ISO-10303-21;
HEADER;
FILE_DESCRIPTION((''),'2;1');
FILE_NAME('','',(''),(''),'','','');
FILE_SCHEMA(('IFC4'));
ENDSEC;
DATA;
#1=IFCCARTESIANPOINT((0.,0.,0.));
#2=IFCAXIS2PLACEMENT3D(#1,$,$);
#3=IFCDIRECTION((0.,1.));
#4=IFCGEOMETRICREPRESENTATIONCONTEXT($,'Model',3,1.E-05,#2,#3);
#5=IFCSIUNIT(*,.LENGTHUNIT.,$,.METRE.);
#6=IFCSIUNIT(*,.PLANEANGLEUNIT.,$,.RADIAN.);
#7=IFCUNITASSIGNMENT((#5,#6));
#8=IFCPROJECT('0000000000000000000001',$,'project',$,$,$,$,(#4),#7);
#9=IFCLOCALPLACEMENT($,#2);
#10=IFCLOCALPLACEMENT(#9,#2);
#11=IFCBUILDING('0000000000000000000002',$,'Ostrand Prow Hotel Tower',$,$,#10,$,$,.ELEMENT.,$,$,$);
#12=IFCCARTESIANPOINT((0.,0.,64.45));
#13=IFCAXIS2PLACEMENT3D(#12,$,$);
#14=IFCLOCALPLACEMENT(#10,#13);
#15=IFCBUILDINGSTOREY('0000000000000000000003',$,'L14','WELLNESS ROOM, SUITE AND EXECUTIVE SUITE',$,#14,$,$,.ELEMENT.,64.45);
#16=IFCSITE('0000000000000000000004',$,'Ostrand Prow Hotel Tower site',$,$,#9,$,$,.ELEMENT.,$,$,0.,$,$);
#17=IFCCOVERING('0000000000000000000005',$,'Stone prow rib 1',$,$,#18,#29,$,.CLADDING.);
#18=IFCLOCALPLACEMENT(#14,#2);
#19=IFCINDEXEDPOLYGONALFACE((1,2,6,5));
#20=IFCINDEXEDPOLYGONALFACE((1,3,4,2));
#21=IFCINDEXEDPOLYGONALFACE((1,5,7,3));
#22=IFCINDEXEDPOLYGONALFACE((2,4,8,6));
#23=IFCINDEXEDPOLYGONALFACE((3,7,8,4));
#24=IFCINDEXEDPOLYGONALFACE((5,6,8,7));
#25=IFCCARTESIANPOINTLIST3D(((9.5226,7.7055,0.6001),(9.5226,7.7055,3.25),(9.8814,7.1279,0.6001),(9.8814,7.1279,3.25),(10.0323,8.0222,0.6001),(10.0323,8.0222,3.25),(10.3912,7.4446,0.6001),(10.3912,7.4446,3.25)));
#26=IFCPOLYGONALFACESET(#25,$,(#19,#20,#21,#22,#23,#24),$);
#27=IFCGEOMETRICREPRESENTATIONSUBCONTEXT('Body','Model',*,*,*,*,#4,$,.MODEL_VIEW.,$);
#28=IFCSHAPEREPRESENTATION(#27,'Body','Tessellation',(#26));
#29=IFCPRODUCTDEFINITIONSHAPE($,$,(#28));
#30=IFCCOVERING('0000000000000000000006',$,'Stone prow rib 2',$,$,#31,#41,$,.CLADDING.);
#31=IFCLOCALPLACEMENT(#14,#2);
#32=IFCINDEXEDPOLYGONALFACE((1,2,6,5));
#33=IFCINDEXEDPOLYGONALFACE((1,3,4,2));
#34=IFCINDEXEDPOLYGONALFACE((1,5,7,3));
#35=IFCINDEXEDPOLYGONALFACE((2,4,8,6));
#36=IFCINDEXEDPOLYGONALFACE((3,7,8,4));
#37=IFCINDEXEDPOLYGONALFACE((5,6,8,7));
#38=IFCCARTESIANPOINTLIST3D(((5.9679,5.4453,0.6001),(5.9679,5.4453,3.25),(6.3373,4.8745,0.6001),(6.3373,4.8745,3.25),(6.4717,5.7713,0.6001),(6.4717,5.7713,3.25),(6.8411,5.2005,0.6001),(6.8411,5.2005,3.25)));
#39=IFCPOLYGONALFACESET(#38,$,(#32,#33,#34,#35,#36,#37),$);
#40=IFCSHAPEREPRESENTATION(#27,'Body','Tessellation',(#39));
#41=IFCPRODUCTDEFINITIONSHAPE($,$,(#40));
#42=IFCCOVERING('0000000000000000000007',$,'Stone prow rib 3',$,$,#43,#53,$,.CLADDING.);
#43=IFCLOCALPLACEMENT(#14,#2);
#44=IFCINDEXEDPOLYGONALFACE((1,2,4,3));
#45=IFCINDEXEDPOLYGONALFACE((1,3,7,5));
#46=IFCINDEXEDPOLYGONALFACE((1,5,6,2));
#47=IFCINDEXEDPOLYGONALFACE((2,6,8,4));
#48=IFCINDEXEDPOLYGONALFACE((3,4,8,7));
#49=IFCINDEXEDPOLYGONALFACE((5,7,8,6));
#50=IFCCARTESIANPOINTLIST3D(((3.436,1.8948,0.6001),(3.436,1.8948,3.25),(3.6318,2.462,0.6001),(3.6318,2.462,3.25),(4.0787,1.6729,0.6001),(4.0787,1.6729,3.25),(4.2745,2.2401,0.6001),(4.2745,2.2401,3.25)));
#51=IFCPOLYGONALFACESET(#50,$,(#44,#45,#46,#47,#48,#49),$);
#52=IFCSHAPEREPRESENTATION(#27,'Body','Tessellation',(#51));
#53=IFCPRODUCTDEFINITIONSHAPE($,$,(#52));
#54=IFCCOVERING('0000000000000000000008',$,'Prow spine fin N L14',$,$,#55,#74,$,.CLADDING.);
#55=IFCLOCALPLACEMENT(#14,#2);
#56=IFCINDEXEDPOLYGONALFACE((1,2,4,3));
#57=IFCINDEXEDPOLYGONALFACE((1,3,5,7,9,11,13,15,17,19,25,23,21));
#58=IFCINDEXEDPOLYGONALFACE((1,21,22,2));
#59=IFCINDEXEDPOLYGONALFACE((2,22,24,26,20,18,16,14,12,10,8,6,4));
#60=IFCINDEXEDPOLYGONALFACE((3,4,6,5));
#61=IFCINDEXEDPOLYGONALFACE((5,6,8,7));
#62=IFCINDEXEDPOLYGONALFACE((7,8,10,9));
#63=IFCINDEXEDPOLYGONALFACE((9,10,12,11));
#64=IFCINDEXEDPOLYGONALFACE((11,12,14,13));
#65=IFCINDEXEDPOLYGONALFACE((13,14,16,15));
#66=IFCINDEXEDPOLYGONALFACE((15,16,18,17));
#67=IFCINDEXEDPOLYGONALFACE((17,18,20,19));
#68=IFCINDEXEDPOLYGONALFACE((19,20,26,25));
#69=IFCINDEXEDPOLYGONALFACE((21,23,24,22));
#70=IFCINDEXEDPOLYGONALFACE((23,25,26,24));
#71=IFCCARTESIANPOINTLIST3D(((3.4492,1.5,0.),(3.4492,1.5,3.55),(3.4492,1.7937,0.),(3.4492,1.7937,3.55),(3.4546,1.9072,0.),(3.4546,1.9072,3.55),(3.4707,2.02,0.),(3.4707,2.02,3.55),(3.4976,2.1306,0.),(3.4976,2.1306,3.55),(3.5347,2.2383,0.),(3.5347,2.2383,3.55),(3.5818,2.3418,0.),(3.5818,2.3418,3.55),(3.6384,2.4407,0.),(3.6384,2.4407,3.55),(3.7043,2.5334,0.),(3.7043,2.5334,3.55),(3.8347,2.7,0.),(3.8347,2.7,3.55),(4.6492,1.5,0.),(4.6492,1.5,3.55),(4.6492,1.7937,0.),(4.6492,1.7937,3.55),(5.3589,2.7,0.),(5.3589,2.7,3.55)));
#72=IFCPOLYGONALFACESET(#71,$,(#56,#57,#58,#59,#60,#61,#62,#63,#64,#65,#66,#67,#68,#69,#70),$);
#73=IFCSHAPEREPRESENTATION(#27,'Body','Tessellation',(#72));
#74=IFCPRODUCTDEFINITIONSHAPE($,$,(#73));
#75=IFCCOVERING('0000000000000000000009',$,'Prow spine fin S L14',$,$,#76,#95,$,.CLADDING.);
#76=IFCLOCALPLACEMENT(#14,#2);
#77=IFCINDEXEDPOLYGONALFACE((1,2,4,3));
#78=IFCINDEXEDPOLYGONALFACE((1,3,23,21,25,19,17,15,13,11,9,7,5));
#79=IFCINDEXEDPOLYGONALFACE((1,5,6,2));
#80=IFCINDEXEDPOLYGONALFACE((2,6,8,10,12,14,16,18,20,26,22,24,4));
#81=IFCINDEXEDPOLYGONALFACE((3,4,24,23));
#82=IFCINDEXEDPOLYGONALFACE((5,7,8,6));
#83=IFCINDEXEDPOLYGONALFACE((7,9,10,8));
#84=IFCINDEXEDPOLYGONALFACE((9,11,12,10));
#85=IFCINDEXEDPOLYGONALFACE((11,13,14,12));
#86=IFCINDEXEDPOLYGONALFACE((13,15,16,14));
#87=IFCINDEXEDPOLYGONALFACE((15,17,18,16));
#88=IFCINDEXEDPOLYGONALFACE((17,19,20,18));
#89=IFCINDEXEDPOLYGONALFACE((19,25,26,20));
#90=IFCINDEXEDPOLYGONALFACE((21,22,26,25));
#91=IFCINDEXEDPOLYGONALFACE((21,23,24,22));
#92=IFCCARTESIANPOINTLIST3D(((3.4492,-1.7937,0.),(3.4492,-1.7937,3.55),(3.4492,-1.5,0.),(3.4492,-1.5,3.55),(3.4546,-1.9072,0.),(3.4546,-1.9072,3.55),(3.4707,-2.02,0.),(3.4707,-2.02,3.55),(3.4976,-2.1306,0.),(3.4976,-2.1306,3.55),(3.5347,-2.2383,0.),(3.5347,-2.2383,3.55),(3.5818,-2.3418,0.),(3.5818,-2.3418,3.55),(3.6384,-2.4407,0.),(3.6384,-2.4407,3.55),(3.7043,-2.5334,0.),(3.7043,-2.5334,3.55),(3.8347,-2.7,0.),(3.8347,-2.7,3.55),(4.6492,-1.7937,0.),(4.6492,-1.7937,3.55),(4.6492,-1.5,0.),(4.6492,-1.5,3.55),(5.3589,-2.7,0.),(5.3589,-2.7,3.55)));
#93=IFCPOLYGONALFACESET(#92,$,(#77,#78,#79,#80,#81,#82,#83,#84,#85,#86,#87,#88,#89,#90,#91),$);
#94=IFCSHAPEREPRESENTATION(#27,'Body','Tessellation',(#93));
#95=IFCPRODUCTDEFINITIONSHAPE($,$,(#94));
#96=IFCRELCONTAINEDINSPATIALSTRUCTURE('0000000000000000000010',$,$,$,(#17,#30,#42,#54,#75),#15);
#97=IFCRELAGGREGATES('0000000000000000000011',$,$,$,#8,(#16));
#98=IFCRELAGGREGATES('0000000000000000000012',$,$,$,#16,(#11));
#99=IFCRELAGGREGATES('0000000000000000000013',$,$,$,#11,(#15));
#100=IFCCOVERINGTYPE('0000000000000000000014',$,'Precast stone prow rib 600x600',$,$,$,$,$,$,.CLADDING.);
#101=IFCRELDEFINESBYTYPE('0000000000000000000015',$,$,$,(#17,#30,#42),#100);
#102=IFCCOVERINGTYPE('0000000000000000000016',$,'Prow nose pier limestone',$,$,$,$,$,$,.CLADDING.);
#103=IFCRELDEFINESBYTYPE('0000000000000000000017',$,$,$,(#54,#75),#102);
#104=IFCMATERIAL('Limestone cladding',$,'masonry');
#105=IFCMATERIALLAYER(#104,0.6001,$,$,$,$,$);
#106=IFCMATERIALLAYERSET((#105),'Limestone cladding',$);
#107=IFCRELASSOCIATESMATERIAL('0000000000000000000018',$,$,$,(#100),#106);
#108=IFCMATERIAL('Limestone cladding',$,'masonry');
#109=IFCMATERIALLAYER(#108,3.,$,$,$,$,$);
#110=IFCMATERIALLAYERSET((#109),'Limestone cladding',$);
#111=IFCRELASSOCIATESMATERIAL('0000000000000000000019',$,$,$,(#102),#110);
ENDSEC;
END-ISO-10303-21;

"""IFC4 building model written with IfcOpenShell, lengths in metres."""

from ifc_helpers import new_model, si_unit, direction, frame, frame_2d, origin, place, context, subcontext, project, spatial, polyline, rectangle, outline, extrude, material, layer, layer_set, type_object, element, save


model = new_model("IFC4")

# Units and contexts
model_context = context("Model", 3, precision=1e-05, world=origin(), true_north=direction((0.0, 1.0)))
body_context = subcontext(model_context, "Body", "Model", "MODEL_VIEW")
ifc_project = project(units=[si_unit("LENGTHUNIT", "METRE"), si_unit("PLANEANGLEUNIT", "RADIAN")], contexts=[model_context])

# Site, building, storey
site_placement = place(None, origin())
site = spatial("IfcSite", under=ifc_project, at=site_placement, Name="Ostrand Prow Hotel Tower site", CompositionType="ELEMENT", RefElevation=0.0)
building_placement = place(site_placement, origin())
building = spatial("IfcBuilding", under=site, at=building_placement, Name="Ostrand Prow Hotel Tower", CompositionType="ELEMENT")
storey_placement = place(building_placement, frame((0.0, 0.0, 64.45)))
storey = spatial("IfcBuildingStorey", under=building, at=storey_placement, Name="L14", Description="WELLNESS ROOM, SUITE AND EXECUTIVE SUITE", CompositionType="ELEMENT", Elevation=64.45)

# Coverings
ifc_material_1 = material(Name="Limestone cladding", Category="masonry")
ifc_layer_1 = layer(ifc_material_1, 0.6001)
ifc_layer_set_1 = layer_set([ifc_layer_1], Name="Limestone cladding")
covering_type_1 = type_object("IfcCoveringType", Name="Precast stone prow rib 600x600", PredefinedType="CLADDING", material=ifc_layer_set_1)
for number, where, z_axis, x_axis, name in (
    (1, (10.1362, 7.2864, 0.6001), (0.0, 0.0, 1.0), (-0.527738, 0.849407, 0.0), "Stone prow rib 1"),
    (2, (6.5891, 5.0376, 0.6001), (0.0, 0.0, 1.0), (-0.543296, 0.839541, 0.0), "Stone prow rib 2"),
    (3, (4.1765, 1.9565, 0.6001), (0.0, 0.0, 1.0), (-0.945255, 0.326334, 0.0), "Stone prow rib 3"),
):
    element("IfcCovering", number, at=place(storey_placement, frame(where, z_axis=z_axis, x_axis=x_axis)), inside=storey, type_object=covering_type_1, Name=name, PredefinedType="CLADDING", context=body_context, shape_type="SweptSolid", body=[
        extrude(rectangle(XDim=0.6799, YDim=0.6001, at=frame_2d((0.3398, 0.0))), origin(), (0.0, 0.0, 1.0), 2.6499),
    ])
ifc_material_2 = material(Name="Limestone cladding", Category="masonry")
ifc_layer_2 = layer(ifc_material_2, 3.0)
ifc_layer_set_2 = layer_set([ifc_layer_2], Name="Limestone cladding")
covering_type_2 = type_object("IfcCoveringType", Name="Prow nose pier limestone", PredefinedType="CLADDING", material=ifc_layer_set_2)
covering_1_placement = place(storey_placement, origin())
element("IfcCovering", 4, at=covering_1_placement, inside=storey, type_object=covering_type_2, Name="Prow spine fin N L14", PredefinedType="CLADDING", context=body_context, shape_type="SweptSolid", body=[
    extrude(outline(polyline([(3.4492, 1.7937), (3.4492, 1.5), (4.6492, 1.5), (4.6492, 1.7937), (5.3589, 2.7), (3.8347, 2.7), (3.7043, 2.5334), (3.6384, 2.4407), (3.5818, 2.3418), (3.5347, 2.2383), (3.4976, 2.1306), (3.4707, 2.02), (3.4546, 1.9072), (3.4492, 1.7937)])), origin(), (0.0, 0.0, 1.0), 3.55),
])
covering_2_placement = place(storey_placement, origin())
element("IfcCovering", 5, at=covering_2_placement, inside=storey, type_object=covering_type_2, Name="Prow spine fin S L14", PredefinedType="CLADDING", context=body_context, shape_type="SweptSolid", body=[
    extrude(outline(polyline([(3.7043, -2.5334), (3.8347, -2.7), (5.3589, -2.7), (4.6492, -1.7937), (4.6492, -1.5), (3.4492, -1.5), (3.4492, -1.7937), (3.4546, -1.9072), (3.4707, -2.02), (3.4976, -2.1306), (3.5347, -2.2383), (3.5818, -2.3418), (3.6384, -2.4407), (3.7043, -2.5334)])), origin(), (0.0, 0.0, 1.0), 3.55),
])

save(model, "model.ifc")
